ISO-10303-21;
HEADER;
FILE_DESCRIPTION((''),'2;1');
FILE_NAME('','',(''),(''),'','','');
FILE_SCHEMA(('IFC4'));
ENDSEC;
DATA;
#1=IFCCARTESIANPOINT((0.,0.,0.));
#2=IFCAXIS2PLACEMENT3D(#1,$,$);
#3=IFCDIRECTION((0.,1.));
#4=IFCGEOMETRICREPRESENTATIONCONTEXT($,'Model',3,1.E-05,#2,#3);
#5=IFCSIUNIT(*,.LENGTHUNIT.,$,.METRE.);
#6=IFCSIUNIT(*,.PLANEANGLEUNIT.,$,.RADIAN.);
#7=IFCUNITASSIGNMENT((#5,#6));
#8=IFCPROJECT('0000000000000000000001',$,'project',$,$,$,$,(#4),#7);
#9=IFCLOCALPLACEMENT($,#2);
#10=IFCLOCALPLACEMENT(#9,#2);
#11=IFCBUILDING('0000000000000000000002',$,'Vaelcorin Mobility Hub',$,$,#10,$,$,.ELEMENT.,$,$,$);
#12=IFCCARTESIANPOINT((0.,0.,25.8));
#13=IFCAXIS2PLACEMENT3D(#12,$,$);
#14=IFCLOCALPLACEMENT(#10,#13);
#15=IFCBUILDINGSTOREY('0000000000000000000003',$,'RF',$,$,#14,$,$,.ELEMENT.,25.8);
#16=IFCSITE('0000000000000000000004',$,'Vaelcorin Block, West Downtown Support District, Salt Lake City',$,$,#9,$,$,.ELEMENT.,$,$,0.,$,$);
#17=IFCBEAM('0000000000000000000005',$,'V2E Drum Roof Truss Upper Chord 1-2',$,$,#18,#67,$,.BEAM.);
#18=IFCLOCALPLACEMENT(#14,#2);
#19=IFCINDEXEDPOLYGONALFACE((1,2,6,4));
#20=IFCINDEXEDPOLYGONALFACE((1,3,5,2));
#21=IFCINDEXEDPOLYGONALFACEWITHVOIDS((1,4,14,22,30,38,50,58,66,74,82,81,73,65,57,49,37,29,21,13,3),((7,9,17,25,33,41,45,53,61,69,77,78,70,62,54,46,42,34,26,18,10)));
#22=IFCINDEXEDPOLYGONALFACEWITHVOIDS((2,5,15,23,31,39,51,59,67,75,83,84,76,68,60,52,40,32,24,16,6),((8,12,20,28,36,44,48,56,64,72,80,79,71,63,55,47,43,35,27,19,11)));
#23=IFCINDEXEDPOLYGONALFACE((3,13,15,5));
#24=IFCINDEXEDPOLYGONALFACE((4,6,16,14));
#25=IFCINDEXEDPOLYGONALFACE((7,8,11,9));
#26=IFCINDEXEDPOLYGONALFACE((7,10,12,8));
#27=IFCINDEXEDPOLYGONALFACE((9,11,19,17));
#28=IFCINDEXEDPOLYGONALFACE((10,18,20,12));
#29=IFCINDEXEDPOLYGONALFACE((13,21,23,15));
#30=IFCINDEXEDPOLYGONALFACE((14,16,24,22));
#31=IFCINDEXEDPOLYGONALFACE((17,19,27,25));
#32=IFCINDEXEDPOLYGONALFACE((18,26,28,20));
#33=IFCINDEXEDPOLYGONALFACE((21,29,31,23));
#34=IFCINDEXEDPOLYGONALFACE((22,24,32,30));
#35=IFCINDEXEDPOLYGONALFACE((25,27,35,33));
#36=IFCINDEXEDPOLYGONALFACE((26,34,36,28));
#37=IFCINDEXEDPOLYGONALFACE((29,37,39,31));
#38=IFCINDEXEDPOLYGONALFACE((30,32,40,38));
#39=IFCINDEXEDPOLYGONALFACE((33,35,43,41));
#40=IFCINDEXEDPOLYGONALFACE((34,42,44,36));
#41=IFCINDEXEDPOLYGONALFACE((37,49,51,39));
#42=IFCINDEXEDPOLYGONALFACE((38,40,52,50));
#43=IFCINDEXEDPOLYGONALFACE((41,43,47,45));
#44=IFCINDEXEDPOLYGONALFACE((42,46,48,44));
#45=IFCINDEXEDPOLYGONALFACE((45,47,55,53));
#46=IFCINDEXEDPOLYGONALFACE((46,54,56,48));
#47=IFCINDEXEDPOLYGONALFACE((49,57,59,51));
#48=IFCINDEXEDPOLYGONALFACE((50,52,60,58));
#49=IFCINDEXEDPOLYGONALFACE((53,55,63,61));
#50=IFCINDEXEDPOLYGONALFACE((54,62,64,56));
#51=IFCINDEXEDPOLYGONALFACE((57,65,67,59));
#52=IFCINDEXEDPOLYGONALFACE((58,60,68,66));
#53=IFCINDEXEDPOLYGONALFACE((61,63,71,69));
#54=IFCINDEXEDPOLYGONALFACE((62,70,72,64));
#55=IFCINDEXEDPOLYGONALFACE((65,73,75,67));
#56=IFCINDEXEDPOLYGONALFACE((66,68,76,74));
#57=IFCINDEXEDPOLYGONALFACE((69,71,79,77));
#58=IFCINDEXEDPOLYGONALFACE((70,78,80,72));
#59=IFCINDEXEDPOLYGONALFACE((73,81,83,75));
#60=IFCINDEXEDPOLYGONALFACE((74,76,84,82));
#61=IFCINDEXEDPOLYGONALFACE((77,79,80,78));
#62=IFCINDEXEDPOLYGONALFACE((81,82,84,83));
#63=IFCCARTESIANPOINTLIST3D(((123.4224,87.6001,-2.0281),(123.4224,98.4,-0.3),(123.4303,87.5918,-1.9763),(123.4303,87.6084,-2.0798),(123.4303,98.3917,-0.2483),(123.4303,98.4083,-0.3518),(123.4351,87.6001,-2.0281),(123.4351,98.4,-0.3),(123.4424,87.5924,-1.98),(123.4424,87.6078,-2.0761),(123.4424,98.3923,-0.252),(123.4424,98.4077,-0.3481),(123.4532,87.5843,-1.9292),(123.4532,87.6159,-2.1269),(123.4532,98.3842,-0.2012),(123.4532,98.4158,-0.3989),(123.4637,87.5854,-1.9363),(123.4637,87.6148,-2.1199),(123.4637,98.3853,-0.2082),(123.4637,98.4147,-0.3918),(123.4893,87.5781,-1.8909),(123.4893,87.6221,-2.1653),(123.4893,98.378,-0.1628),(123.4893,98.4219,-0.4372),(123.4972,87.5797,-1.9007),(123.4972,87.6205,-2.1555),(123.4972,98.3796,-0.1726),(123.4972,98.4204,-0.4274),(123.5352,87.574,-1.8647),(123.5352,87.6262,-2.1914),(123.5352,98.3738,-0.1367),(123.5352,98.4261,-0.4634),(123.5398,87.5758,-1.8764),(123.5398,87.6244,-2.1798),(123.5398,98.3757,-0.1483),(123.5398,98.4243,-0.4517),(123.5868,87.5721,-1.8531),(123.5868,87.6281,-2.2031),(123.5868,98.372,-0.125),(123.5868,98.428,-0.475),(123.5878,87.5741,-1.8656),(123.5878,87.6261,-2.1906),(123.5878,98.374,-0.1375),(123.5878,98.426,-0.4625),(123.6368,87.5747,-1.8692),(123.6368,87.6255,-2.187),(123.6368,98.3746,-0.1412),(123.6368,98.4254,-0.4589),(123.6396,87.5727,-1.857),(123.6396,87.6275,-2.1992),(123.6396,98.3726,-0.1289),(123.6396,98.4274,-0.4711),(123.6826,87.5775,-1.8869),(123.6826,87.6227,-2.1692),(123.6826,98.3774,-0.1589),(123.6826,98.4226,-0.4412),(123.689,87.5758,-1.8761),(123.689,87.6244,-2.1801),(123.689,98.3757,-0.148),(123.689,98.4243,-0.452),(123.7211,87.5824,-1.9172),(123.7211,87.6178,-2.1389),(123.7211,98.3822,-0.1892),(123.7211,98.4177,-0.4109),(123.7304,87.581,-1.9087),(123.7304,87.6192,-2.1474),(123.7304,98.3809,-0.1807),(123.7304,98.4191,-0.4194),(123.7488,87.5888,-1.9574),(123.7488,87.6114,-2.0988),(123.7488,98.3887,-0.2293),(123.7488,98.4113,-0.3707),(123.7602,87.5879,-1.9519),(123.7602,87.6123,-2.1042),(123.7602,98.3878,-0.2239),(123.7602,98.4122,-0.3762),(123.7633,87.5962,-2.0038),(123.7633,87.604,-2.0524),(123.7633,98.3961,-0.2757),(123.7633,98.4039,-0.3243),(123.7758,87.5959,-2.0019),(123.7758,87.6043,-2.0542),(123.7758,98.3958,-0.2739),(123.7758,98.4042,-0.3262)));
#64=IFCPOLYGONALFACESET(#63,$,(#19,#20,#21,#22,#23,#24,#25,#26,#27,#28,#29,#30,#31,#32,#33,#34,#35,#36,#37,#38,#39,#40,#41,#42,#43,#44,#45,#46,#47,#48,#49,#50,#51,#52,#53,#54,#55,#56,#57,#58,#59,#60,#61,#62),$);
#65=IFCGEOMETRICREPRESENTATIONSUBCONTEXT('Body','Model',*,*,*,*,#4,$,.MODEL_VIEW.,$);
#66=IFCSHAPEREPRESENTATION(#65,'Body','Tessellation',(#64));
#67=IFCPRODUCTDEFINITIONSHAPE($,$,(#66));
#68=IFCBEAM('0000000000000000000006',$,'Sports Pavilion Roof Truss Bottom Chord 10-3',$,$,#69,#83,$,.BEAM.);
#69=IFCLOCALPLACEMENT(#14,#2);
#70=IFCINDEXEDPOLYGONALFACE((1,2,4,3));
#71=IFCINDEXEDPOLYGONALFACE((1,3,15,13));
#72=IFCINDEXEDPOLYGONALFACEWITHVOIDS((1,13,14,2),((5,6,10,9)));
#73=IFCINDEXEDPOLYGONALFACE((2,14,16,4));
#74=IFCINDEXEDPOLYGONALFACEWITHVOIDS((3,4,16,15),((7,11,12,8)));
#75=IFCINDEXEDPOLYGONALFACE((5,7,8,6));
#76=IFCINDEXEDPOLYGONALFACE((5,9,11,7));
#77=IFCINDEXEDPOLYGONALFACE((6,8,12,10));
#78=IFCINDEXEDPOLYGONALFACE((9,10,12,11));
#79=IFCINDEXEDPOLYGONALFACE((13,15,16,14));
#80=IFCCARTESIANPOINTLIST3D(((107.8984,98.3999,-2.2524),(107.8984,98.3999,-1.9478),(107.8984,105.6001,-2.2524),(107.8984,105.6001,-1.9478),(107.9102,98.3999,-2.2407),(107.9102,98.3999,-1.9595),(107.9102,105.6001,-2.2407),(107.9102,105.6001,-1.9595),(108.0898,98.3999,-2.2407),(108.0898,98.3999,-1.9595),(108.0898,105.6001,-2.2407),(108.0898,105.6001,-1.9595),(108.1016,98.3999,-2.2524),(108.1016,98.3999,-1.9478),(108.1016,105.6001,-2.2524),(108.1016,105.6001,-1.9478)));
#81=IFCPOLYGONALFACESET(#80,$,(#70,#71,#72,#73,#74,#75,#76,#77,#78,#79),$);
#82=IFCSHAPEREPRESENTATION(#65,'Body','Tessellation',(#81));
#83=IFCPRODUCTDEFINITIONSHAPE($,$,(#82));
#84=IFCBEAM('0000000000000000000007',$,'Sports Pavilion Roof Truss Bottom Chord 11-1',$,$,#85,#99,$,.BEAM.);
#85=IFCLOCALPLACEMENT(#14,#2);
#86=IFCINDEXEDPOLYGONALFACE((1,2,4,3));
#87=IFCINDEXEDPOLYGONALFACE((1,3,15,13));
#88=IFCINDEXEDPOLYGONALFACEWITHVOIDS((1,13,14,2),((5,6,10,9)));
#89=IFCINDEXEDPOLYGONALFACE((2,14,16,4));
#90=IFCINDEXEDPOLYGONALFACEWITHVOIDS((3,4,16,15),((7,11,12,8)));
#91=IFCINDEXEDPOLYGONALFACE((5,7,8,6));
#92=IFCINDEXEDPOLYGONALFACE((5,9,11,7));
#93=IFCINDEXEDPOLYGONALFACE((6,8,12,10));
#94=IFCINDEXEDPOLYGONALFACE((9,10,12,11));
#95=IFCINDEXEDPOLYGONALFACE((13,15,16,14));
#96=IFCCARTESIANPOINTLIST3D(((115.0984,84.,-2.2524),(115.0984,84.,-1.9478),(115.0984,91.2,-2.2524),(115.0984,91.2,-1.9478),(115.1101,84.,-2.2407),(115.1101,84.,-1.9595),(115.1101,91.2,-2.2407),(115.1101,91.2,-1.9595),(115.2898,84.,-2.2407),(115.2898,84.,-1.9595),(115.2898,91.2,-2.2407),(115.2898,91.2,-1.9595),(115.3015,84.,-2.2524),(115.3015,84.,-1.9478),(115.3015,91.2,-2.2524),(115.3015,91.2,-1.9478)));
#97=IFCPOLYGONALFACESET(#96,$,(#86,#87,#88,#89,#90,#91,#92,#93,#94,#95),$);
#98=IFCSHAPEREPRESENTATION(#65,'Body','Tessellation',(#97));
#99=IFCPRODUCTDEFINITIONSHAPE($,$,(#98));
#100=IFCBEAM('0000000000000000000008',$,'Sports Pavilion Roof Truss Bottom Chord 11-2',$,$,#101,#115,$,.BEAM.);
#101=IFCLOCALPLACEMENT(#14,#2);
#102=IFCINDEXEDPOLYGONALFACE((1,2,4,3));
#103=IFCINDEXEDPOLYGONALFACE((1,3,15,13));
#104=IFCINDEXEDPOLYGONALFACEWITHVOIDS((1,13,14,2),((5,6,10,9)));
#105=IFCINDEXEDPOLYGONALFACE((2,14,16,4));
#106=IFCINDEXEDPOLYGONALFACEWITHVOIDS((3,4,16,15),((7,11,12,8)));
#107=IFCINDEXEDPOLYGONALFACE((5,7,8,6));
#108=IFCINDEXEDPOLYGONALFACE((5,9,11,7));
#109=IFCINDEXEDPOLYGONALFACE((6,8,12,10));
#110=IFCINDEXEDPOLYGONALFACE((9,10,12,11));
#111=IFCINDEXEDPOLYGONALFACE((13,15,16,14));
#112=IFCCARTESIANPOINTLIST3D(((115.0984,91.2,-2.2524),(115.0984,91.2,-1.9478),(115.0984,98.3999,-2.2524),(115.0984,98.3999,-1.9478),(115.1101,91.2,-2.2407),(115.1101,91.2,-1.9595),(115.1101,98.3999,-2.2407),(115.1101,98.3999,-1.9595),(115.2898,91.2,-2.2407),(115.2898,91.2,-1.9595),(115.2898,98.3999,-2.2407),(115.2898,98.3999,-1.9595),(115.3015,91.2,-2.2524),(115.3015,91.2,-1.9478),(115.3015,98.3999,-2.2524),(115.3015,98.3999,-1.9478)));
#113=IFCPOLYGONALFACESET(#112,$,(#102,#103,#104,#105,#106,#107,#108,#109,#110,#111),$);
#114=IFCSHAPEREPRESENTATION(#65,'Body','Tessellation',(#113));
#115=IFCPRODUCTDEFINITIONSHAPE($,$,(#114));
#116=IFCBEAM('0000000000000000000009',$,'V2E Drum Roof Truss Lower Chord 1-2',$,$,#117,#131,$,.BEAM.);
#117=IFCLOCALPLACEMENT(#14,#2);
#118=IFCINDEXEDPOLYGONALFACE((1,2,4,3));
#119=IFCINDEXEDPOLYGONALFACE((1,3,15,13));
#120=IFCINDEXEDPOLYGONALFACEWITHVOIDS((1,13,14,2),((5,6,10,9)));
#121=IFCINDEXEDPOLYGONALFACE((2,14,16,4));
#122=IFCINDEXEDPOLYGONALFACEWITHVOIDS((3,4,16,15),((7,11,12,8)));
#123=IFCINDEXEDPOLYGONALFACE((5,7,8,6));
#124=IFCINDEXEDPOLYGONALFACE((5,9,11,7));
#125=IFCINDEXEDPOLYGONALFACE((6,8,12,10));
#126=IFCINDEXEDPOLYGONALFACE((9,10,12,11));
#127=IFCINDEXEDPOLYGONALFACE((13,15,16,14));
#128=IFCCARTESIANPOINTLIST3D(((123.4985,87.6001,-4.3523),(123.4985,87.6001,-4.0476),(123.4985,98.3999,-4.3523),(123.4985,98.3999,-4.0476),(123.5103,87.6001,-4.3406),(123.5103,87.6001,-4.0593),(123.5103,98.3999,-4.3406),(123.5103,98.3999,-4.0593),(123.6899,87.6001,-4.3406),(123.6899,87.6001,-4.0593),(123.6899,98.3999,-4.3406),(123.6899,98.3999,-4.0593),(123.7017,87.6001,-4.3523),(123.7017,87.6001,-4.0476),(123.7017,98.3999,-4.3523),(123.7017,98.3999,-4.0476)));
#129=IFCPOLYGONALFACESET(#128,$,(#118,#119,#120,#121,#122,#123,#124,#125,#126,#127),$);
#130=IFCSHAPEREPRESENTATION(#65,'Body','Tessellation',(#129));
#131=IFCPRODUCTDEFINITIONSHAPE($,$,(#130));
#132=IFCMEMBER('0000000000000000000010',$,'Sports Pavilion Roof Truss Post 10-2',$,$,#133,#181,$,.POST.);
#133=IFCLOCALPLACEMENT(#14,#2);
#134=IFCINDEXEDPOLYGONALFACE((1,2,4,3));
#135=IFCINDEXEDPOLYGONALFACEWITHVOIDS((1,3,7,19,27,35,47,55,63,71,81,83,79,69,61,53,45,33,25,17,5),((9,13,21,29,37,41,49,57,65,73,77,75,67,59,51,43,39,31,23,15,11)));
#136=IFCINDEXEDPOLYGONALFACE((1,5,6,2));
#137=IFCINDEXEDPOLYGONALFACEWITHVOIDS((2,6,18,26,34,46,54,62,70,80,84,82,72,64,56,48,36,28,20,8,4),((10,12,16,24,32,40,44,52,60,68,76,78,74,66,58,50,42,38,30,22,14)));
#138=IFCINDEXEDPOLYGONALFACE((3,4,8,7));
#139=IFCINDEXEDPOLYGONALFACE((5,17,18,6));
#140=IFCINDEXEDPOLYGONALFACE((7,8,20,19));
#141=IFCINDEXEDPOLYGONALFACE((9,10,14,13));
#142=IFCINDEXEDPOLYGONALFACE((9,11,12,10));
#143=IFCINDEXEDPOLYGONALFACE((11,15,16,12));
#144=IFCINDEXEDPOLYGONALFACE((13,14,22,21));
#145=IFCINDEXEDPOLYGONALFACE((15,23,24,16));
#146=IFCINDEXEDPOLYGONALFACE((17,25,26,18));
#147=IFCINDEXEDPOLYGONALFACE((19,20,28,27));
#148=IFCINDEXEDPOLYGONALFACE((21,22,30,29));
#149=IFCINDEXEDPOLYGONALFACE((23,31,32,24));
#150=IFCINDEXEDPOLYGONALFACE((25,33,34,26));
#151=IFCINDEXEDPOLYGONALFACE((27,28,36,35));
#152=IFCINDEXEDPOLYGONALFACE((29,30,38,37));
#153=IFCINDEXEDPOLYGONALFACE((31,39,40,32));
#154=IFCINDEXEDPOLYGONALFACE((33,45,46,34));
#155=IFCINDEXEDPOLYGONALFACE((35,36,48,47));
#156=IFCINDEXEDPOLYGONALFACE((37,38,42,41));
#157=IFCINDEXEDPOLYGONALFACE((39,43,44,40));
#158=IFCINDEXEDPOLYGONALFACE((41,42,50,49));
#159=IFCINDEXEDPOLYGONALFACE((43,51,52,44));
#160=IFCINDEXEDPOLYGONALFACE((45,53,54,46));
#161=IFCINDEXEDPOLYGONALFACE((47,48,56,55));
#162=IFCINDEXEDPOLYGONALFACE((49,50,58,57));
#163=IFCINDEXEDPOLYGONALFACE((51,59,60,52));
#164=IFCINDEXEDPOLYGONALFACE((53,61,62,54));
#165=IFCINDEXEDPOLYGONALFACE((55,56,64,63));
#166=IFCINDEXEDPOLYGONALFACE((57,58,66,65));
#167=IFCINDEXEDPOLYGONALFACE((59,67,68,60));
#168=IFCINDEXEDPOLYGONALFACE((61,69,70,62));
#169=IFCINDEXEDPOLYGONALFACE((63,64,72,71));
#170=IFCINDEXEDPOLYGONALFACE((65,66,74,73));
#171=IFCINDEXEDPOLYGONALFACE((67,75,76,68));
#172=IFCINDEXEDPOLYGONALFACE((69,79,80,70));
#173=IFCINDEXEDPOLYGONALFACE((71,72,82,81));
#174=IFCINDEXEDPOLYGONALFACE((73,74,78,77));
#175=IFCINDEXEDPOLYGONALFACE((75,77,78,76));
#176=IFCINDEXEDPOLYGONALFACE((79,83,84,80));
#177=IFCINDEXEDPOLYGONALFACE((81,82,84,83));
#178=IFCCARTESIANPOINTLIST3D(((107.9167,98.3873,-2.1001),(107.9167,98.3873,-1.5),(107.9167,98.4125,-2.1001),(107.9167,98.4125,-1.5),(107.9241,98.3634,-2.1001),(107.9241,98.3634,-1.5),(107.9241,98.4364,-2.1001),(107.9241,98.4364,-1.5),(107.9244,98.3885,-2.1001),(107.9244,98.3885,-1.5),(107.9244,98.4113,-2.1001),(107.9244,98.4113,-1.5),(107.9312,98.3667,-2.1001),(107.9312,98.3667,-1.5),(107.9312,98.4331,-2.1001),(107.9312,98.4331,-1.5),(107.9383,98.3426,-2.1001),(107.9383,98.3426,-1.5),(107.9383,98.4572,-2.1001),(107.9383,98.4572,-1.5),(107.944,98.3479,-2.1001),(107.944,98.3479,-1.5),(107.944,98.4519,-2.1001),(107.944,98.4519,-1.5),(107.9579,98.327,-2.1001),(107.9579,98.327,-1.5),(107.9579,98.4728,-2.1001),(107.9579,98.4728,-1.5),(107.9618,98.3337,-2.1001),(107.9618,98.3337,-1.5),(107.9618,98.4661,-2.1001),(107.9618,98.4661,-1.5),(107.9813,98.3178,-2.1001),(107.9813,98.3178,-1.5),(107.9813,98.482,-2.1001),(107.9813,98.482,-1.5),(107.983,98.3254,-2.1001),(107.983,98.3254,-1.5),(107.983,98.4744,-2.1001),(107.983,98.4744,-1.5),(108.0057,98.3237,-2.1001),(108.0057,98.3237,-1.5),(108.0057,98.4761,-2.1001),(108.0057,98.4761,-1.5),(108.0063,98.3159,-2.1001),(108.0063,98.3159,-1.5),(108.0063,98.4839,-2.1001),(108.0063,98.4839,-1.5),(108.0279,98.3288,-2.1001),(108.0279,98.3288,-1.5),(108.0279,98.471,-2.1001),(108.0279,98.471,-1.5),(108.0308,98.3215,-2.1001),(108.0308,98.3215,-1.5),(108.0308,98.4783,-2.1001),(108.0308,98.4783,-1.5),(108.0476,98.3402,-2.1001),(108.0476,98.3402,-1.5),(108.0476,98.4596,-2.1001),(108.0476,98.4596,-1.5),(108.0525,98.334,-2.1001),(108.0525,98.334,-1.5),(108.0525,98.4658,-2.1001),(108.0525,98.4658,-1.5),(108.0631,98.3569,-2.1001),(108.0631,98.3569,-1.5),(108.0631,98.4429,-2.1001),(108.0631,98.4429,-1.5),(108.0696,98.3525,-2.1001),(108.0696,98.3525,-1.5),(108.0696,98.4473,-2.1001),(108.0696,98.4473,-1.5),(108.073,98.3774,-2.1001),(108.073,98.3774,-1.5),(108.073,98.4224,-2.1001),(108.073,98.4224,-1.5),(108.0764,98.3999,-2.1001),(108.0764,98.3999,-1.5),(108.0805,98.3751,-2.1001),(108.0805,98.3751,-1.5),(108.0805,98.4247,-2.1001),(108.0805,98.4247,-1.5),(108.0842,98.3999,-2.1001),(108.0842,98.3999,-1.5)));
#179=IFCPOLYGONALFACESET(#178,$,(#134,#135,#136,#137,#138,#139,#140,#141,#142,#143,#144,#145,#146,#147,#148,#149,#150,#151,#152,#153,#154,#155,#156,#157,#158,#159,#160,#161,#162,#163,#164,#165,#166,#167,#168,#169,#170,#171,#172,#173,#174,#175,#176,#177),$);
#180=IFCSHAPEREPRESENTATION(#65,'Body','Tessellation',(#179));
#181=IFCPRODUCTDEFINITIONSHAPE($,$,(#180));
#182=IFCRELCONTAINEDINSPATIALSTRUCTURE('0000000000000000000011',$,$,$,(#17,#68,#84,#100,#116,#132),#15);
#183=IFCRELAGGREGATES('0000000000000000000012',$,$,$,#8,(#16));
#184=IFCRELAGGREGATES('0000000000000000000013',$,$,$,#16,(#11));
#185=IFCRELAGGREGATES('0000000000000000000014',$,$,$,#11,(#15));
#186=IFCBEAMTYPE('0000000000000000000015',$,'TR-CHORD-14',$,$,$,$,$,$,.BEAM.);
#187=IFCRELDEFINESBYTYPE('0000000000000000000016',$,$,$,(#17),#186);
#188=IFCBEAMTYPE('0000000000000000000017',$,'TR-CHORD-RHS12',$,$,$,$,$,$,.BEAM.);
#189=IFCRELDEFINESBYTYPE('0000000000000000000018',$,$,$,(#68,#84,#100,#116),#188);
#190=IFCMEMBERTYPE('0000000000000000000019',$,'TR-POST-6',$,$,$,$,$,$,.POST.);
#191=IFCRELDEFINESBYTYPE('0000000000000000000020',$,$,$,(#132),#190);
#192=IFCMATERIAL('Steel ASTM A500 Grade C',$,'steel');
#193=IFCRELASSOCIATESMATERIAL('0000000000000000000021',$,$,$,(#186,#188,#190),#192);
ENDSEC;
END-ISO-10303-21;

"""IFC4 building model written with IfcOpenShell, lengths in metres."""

from ifc_helpers import new_model, si_unit, direction, frame, origin, origin_2d, place, context, subcontext, project, spatial, hollow_rectangle, hollow_circle, extrude, material, material_profile, profile_set, type_object, element, save


model = new_model("IFC4")

# Units and contexts
model_context = context("Model", 3, precision=1e-05, world=origin(), true_north=direction((0.0, 1.0)))
body_context = subcontext(model_context, "Body", "Model", "MODEL_VIEW")
ifc_project = project(units=[si_unit("LENGTHUNIT", "METRE"), si_unit("PLANEANGLEUNIT", "RADIAN")], contexts=[model_context])

# Site, building, storey
site_placement = place(None, origin())
site = spatial("IfcSite", under=ifc_project, at=site_placement, Name="Vaelcorin Block, West Downtown Support District, Salt Lake City", CompositionType="ELEMENT", RefElevation=0.0)
building_placement = place(site_placement, origin())
building = spatial("IfcBuilding", under=site, at=building_placement, Name="Vaelcorin Mobility Hub", CompositionType="ELEMENT")
storey_placement = place(building_placement, frame((0.0, 0.0, 25.8)))
storey = spatial("IfcBuildingStorey", under=building, at=storey_placement, Name="RF", CompositionType="ELEMENT", Elevation=25.8)

# Shared definitions
ifc_material_1 = material(Name="Steel ASTM A500 Grade C", Category="steel")

# Beams
ifc_material_profile_1 = material_profile(ifc_material_1, hollow_circle(Radius=0.1777, WallThickness=0.0127, at=origin_2d()), Name="HSS14.000X0.500")
ifc_profile_set_1 = profile_set([ifc_material_profile_1], Name="Steel ASTM A500 Grade C")
beam_type_1 = type_object("IfcBeamType", Name="TR-CHORD-14", PredefinedType="BEAM", material=ifc_profile_set_1)
beam_1_placement = place(storey_placement, frame((123.6001, 87.6001, -2.0281), z_axis=(0.0, 0.98744, 0.157996), x_axis=(-1.0, 0.0, 0.0)))
element("IfcBeam", 1, at=beam_1_placement, inside=storey, type_object=beam_type_1, Name="V2E Drum Roof Truss Upper Chord 1-2", PredefinedType="BEAM", context=body_context, shape_type="SweptSolid", body=[
    extrude(hollow_circle(Radius=0.1777, WallThickness=0.0127, at=origin_2d()), origin(), (0.0, 0.0, 1.0), 10.9373),
])
ifc_material_profile_2 = material_profile(ifc_material_1, hollow_rectangle(XDim=0.2031, YDim=0.3047, WallThickness=0.0117, at=origin_2d()), Name="HSS12X8X0.500")
ifc_profile_set_2 = profile_set([ifc_material_profile_2], Name="Steel ASTM A500 Grade C")
beam_type_2 = type_object("IfcBeamType", Name="TR-CHORD-RHS12", PredefinedType="BEAM", material=ifc_profile_set_2)
beam_2_placement = place(storey_placement, frame((108.0, 98.3999, -2.1001), z_axis=(0.0, 1.0, 0.0), x_axis=(-1.0, 0.0, 0.0)))
element("IfcBeam", 2, at=beam_2_placement, inside=storey, type_object=beam_type_2, Name="Sports Pavilion Roof Truss Bottom Chord 10-3", PredefinedType="BEAM", context=body_context, shape_type="SweptSolid", body=[
    extrude(hollow_rectangle(XDim=0.2031, YDim=0.3047, WallThickness=0.0117, at=origin_2d()), origin(), (0.0, 0.0, 1.0), 7.2002),
])
for number, where, z_axis, x_axis, name in (
    (3, (115.2, 84.0, -2.1001), (0.0, 1.0, 0.0), (-1.0, 0.0, 0.0), "Sports Pavilion Roof Truss Bottom Chord 11-1"),
    (4, (115.2, 91.2, -2.1001), (0.0, 1.0, 0.0), (-1.0, 0.0, 0.0), "Sports Pavilion Roof Truss Bottom Chord 11-2"),
):
    element("IfcBeam", number, at=place(storey_placement, frame(where, z_axis=z_axis, x_axis=x_axis)), inside=storey, type_object=beam_type_2, Name=name, PredefinedType="BEAM", context=body_context, shape_type="SweptSolid", body=[
        extrude(hollow_rectangle(XDim=0.2031, YDim=0.3047, WallThickness=0.0117, at=origin_2d()), origin(), (0.0, 0.0, 1.0), 7.2),
    ])
beam_3_placement = place(storey_placement, frame((123.6001, 87.6001, -4.2), z_axis=(0.0, 1.0, 0.0), x_axis=(-1.0, 0.0, 0.0)))
element("IfcBeam", 5, at=beam_3_placement, inside=storey, type_object=beam_type_2, Name="V2E Drum Roof Truss Lower Chord 1-2", PredefinedType="BEAM", context=body_context, shape_type="SweptSolid", body=[
    extrude(hollow_rectangle(XDim=0.2031, YDim=0.3047, WallThickness=0.0117, at=origin_2d()), origin(), (0.0, 0.0, 1.0), 10.7998),
])

# Member
ifc_material_profile_3 = material_profile(ifc_material_1, hollow_circle(Radius=0.0842, WallThickness=0.0078, at=origin_2d()), Name="HSS6.625X0.312")
ifc_profile_set_3 = profile_set([ifc_material_profile_3], Name="Steel ASTM A500 Grade C")
member_type_1 = type_object("IfcMemberType", Name="TR-POST-6", PredefinedType="POST", material=ifc_profile_set_3)
for number, where, z_axis, x_axis, name in (
    (6, (108.0, 98.3999, -2.1001), (0.0, 0.0, 1.0), (1.0, 0.0, 0.0), "Sports Pavilion Roof Truss Post 10-2"),
):
    element("IfcMember", number, at=place(storey_placement, frame(where, z_axis=z_axis, x_axis=x_axis)), inside=storey, type_object=member_type_1, Name=name, PredefinedType="POST", context=body_context, shape_type="SweptSolid", body=[
        extrude(hollow_circle(Radius=0.0842, WallThickness=0.0078, at=origin_2d()), origin(), (0.0, 0.0, 1.0), 0.6001),
    ])

save(model, "model.ifc")
